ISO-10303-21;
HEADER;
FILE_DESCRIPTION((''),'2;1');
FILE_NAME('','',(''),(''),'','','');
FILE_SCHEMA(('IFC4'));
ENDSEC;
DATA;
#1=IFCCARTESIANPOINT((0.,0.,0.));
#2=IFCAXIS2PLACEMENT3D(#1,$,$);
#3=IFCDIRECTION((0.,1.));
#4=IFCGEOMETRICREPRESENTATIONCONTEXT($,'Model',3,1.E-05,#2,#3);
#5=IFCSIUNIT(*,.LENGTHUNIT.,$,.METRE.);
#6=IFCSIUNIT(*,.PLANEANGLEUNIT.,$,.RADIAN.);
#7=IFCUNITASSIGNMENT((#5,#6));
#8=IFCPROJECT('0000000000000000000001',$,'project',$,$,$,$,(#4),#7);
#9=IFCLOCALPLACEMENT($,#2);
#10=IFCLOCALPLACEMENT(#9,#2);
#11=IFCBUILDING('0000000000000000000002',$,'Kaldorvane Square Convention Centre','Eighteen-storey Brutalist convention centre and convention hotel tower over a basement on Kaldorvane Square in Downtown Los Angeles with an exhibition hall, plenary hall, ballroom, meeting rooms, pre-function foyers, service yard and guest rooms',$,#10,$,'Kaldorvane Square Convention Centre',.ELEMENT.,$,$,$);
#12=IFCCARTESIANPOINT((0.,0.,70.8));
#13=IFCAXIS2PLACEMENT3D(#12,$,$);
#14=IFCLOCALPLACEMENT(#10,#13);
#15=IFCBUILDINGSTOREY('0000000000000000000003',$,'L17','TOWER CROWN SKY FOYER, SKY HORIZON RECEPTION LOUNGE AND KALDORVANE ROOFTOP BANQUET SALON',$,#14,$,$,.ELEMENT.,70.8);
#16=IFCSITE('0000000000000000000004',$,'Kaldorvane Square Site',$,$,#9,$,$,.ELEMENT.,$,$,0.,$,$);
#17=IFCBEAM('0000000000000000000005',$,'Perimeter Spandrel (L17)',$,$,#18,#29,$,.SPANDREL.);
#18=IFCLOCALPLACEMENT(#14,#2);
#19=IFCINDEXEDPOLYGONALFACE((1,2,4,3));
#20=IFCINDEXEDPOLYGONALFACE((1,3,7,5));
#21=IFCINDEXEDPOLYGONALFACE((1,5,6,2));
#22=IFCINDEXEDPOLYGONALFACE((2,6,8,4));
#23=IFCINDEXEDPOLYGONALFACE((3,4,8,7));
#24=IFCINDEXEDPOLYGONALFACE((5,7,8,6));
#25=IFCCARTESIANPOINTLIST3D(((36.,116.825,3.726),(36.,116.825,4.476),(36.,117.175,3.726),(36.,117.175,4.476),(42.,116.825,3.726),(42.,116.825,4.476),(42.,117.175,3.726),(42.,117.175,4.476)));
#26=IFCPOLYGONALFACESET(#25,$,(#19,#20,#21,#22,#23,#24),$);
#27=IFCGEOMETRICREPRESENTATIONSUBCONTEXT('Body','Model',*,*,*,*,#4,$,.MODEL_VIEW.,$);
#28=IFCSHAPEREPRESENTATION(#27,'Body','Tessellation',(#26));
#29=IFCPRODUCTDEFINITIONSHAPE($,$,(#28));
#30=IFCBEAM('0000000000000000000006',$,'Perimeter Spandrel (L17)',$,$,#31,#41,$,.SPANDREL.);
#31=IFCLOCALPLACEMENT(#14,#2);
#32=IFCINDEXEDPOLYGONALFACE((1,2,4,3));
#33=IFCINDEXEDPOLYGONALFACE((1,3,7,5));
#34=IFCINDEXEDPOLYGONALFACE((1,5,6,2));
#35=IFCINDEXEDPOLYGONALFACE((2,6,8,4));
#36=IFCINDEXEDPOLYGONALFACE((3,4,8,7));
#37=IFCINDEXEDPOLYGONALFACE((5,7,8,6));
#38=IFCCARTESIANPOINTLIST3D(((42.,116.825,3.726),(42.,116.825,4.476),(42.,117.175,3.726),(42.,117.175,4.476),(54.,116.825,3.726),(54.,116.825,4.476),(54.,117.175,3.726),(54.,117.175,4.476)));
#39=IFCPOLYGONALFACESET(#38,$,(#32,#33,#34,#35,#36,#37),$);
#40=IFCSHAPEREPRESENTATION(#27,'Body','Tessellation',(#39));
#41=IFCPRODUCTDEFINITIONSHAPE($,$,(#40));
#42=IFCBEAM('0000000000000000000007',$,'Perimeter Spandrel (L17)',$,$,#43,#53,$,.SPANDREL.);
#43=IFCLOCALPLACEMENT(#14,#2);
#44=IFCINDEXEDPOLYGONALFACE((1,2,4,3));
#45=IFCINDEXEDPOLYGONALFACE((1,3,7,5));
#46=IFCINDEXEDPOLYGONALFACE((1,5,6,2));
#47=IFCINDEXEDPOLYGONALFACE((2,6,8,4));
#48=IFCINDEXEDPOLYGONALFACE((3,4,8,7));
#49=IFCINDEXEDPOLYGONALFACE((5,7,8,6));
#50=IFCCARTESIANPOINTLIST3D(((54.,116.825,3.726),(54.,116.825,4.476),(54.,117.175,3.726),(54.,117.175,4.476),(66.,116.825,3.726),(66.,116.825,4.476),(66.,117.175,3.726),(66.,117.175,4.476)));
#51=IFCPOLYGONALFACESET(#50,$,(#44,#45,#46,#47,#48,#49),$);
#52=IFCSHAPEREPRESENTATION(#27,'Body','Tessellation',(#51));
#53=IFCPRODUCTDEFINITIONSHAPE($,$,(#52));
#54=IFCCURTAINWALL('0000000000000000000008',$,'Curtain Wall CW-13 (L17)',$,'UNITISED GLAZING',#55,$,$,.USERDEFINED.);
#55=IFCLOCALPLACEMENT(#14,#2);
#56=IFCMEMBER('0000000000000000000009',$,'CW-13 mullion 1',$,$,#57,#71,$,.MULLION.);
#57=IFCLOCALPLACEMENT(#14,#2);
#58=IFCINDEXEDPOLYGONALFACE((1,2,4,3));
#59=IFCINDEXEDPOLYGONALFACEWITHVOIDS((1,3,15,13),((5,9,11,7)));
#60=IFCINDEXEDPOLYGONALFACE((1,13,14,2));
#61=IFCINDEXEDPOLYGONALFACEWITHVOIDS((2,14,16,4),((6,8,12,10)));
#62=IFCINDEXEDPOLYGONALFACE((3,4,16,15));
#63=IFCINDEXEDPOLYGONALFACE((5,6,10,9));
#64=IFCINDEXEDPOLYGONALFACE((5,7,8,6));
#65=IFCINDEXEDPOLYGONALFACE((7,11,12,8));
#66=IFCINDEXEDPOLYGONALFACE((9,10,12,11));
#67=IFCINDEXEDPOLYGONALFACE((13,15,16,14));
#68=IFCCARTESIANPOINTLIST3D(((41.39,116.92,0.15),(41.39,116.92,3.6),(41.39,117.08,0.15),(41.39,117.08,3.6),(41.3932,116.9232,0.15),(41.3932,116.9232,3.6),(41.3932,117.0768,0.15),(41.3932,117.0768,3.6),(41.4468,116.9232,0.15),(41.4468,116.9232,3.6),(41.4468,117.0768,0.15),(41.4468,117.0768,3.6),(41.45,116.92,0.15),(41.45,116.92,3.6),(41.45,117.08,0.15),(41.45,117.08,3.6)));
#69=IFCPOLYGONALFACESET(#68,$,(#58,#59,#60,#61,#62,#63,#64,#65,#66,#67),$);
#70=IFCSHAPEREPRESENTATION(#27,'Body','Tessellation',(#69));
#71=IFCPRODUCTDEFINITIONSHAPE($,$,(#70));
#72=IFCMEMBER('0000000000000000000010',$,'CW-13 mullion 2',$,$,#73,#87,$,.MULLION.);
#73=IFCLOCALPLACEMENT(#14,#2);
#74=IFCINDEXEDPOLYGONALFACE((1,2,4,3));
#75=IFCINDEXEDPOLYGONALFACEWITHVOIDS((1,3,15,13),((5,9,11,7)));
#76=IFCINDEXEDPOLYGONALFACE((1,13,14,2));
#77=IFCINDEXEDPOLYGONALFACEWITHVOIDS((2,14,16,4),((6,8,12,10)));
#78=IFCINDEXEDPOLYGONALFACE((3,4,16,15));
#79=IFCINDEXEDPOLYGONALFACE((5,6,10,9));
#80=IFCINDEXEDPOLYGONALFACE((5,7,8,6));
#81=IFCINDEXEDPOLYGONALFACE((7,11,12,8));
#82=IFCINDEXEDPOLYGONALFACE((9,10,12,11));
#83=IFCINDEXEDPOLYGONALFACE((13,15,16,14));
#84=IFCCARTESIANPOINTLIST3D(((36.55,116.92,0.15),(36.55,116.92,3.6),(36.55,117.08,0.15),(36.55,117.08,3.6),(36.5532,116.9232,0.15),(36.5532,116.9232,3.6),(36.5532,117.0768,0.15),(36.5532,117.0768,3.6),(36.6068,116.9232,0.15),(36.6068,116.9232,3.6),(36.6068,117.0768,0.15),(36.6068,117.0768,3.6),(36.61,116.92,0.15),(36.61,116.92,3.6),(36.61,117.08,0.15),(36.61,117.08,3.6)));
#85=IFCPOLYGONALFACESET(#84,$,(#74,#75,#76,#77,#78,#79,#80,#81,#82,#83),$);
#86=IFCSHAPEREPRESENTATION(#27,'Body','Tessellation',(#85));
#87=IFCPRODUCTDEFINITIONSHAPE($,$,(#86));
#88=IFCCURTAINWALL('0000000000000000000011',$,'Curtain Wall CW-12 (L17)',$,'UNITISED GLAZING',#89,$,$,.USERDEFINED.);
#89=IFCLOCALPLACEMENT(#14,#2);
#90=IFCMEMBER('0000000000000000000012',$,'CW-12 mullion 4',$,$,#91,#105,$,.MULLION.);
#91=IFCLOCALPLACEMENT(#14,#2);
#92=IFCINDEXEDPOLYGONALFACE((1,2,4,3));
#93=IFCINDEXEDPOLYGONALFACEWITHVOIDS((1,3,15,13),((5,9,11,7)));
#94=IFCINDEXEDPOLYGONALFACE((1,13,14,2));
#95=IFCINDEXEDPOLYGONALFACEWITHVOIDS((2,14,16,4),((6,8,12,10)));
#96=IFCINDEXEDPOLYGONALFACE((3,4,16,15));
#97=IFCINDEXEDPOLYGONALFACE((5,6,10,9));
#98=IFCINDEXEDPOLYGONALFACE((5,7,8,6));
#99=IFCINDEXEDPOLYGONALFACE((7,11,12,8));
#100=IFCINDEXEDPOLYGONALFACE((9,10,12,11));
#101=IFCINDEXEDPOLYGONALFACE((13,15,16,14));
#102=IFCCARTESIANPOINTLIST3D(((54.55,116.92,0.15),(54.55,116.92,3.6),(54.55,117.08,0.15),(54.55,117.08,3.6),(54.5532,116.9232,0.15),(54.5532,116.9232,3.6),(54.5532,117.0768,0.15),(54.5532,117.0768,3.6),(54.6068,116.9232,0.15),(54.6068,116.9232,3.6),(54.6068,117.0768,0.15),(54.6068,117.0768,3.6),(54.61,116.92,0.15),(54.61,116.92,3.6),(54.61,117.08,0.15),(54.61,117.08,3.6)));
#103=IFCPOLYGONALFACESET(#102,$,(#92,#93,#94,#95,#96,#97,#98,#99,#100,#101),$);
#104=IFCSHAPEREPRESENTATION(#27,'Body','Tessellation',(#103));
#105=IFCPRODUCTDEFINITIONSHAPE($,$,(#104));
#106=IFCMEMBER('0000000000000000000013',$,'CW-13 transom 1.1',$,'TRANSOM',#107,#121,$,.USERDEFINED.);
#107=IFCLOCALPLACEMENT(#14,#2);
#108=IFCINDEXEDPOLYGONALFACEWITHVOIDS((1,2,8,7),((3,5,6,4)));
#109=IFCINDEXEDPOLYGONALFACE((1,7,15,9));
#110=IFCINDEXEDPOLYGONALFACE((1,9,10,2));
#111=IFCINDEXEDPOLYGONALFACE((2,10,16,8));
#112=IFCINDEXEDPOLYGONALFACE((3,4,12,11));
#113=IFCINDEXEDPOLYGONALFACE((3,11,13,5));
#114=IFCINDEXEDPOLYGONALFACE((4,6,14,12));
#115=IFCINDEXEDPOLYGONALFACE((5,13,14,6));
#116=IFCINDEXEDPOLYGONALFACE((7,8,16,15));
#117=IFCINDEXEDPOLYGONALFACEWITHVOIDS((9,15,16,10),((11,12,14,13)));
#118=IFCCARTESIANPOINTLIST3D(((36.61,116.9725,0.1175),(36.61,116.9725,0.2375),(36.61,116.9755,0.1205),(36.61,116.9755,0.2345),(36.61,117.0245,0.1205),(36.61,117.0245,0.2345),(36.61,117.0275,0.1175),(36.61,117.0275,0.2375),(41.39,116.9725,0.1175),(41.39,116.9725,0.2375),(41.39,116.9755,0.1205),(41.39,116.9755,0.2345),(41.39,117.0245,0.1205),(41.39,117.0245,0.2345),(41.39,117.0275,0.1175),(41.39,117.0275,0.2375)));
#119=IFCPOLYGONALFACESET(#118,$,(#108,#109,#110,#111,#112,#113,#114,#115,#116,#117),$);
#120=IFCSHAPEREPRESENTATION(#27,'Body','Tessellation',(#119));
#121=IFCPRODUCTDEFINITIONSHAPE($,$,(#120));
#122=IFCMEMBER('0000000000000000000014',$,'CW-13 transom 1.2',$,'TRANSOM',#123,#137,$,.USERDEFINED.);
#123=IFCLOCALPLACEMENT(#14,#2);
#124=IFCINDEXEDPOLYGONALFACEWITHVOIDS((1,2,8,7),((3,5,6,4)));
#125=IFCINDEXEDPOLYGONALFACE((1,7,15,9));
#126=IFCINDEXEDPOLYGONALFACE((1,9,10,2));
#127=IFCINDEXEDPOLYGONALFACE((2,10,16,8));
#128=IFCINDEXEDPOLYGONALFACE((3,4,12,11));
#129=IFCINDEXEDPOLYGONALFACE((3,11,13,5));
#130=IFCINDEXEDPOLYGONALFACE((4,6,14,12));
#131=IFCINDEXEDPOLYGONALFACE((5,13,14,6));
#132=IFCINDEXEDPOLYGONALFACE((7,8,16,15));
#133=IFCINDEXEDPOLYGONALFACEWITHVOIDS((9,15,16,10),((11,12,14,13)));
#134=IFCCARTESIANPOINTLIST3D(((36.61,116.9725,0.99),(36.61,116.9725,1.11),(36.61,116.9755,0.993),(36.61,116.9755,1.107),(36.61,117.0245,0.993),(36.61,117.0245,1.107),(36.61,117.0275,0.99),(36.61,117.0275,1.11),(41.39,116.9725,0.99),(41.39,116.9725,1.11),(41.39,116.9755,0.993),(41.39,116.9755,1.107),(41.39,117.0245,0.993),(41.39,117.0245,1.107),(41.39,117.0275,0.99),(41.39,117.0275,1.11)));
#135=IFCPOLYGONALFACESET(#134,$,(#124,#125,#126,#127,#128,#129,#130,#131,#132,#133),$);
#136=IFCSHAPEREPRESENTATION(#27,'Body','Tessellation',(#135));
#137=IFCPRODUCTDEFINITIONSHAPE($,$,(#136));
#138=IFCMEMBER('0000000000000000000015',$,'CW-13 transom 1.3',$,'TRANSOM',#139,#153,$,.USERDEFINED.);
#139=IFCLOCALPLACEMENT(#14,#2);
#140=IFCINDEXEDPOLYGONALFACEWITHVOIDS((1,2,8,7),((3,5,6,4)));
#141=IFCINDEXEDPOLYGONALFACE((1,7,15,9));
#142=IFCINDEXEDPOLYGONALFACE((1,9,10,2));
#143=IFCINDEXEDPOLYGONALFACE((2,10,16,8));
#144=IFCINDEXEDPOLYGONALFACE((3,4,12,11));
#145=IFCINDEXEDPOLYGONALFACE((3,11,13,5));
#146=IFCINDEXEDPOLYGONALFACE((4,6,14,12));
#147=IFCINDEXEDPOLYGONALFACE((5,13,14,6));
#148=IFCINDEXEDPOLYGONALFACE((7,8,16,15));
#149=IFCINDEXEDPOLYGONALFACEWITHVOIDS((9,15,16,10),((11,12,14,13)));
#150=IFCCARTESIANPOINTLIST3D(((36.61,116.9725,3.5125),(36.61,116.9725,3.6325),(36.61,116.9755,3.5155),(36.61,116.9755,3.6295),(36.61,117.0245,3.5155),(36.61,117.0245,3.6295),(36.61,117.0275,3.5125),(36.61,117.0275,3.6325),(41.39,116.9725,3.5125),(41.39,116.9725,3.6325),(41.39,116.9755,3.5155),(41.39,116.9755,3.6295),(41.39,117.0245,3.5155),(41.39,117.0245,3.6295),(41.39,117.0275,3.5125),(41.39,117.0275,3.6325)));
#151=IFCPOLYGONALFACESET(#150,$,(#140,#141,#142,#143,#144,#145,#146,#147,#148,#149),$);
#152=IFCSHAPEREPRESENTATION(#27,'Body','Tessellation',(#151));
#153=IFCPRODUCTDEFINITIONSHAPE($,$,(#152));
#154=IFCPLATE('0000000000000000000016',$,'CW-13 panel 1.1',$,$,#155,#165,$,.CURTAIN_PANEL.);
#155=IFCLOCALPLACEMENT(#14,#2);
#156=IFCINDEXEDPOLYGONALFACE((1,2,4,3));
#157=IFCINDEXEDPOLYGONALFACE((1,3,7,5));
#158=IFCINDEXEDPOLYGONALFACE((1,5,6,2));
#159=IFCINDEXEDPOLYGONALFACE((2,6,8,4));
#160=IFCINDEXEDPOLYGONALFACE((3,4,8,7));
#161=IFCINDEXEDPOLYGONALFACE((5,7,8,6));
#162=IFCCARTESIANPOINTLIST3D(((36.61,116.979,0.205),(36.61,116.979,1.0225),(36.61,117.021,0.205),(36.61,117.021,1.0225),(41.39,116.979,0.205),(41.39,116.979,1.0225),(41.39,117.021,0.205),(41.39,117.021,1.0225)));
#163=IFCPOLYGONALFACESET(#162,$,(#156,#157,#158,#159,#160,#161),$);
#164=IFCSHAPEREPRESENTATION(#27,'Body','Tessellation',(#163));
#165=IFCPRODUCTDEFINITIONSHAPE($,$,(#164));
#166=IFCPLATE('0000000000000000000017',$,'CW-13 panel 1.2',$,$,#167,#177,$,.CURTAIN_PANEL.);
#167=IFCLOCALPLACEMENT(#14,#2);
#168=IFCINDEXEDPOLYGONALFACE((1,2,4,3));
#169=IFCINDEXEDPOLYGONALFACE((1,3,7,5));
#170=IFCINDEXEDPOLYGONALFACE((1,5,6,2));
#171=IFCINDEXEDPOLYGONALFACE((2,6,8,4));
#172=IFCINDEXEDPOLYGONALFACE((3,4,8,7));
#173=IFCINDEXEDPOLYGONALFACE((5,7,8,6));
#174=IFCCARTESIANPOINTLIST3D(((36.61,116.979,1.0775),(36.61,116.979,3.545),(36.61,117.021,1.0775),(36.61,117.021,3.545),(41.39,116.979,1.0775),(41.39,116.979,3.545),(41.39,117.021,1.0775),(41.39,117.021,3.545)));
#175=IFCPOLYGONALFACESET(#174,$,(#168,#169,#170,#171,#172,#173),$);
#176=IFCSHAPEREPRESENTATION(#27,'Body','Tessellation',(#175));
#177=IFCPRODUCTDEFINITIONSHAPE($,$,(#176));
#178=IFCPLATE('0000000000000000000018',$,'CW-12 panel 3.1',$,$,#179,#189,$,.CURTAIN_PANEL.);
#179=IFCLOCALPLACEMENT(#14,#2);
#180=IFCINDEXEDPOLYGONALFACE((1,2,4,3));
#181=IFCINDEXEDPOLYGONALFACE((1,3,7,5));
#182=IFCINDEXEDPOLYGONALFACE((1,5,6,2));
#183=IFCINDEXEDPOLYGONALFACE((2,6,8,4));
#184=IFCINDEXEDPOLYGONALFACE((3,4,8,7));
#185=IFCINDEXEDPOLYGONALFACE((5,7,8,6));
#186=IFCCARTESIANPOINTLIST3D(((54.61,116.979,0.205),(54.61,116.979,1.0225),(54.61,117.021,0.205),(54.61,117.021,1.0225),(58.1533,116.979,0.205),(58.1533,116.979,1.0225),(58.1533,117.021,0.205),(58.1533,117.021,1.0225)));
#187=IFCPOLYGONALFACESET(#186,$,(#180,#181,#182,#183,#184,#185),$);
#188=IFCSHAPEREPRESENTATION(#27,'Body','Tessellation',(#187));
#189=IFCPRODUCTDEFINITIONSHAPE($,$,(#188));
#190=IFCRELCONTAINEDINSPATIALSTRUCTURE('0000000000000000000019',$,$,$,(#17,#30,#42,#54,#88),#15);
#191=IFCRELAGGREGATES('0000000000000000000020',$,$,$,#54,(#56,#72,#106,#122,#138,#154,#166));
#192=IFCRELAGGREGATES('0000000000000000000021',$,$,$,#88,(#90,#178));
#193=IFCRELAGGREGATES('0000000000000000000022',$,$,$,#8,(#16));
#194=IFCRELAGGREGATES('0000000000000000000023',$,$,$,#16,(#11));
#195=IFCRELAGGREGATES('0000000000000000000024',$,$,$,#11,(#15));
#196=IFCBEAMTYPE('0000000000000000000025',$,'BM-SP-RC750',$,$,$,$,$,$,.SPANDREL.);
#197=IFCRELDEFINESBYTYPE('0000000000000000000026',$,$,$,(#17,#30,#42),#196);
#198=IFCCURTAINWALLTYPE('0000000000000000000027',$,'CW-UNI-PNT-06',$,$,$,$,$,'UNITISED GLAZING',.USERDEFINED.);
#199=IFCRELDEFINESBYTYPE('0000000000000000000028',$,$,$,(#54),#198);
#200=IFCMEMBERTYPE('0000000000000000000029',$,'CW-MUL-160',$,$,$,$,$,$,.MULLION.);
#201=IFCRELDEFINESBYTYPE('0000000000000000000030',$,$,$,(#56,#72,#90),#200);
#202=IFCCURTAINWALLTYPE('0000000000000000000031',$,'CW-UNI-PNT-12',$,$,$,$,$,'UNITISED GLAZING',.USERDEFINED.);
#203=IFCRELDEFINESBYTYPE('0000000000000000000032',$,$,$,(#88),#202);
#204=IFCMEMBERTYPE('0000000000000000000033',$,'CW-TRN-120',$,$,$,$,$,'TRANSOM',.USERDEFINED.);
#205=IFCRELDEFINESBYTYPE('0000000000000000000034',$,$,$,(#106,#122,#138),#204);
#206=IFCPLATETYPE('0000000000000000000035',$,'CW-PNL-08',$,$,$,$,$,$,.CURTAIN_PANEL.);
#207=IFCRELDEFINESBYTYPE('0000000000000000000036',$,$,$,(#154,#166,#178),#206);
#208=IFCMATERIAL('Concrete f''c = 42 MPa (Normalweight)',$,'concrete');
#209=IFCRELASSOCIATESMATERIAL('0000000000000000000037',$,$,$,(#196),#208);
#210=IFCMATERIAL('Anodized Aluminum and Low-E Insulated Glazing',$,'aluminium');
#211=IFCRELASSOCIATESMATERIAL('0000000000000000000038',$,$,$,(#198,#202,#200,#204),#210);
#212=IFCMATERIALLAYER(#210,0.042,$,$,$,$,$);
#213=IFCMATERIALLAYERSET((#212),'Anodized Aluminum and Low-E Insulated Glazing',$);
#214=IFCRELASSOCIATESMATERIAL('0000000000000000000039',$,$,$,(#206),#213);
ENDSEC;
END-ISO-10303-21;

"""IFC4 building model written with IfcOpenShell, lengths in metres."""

from ifc_helpers import new_model, si_unit, direction, frame, origin, origin_2d, place, context, subcontext, project, spatial, rectangle, hollow_rectangle, extrude, material, layer, layer_set, material_profile, profile_set, type_object, element, aggregate, save


model = new_model("IFC4")

# Units and contexts
model_context = context("Model", 3, precision=1e-05, world=origin(), true_north=direction((0.0, 1.0)))
body_context = subcontext(model_context, "Body", "Model", "MODEL_VIEW")
ifc_project = project(units=[si_unit("LENGTHUNIT", "METRE"), si_unit("PLANEANGLEUNIT", "RADIAN")], contexts=[model_context])

# Site, building, storey
site_placement = place(None, origin())
site = spatial("IfcSite", under=ifc_project, at=site_placement, Name="Kaldorvane Square Site", CompositionType="ELEMENT", RefElevation=0.0)
building_placement = place(site_placement, origin())
building = spatial("IfcBuilding", under=site, at=building_placement, Name="Kaldorvane Square Convention Centre", Description="Eighteen-storey Brutalist convention centre and convention hotel tower over a basement on Kaldorvane Square in Downtown Los Angeles with an exhibition hall, plenary hall, ballroom, meeting rooms, pre-function foyers, service yard and guest rooms", LongName="Kaldorvane Square Convention Centre", CompositionType="ELEMENT")
storey_placement = place(building_placement, frame((0.0, 0.0, 70.8)))
storey = spatial("IfcBuildingStorey", under=building, at=storey_placement, Name="L17", Description="TOWER CROWN SKY FOYER, SKY HORIZON RECEPTION LOUNGE AND KALDORVANE ROOFTOP BANQUET SALON", CompositionType="ELEMENT", Elevation=70.8)

# Shared definitions
ifc_material_1 = material(Name="Concrete f'c = 42 MPa (Normalweight)", Category="concrete")

# Beams
ifc_material_profile_1 = material_profile(ifc_material_1, rectangle(XDim=0.35, YDim=0.75, at=origin_2d()), Name="RCSP750X350")
ifc_profile_set_1 = profile_set([ifc_material_profile_1], Name="Concrete f'c = 42 MPa (Normalweight)")
beam_type_1 = type_object("IfcBeamType", Name="BM-SP-RC750", PredefinedType="SPANDREL", material=ifc_profile_set_1)
beam_1_placement = place(storey_placement, frame((36.0, 117.0, 4.101), z_axis=(1.0, 0.0, 0.0), x_axis=(0.0, 1.0, 0.0)))
element("IfcBeam", 1, at=beam_1_placement, inside=storey, type_object=beam_type_1, Name="Perimeter Spandrel (L17)", PredefinedType="SPANDREL", context=body_context, shape_type="SweptSolid", body=[
    extrude(rectangle(XDim=0.35, YDim=0.75, at=origin_2d()), origin(), (0.0, 0.0, 1.0), 6.0),
])
for number, where, z_axis, x_axis, name in (
    (2, (42.0, 117.0, 4.101), (1.0, 0.0, 0.0), (0.0, 1.0, 0.0), "Perimeter Spandrel (L17)"),
    (3, (54.0, 117.0, 4.101), (1.0, 0.0, 0.0), (0.0, 1.0, 0.0), "Perimeter Spandrel (L17)"),
):
    element("IfcBeam", number, at=place(storey_placement, frame(where, z_axis=z_axis, x_axis=x_axis)), inside=storey, type_object=beam_type_1, Name=name, PredefinedType="SPANDREL", context=body_context, shape_type="SweptSolid", body=[
        extrude(rectangle(XDim=0.35, YDim=0.75, at=origin_2d()), origin(), (0.0, 0.0, 1.0), 12.0),
    ])

# Curtain wall, members
ifc_material_2 = material(Name="Anodized Aluminum and Low-E Insulated Glazing", Category="aluminium")
curtain_wall_type_1 = type_object("IfcCurtainWallType", Name="CW-UNI-PNT-06", ElementType="UNITISED GLAZING", PredefinedType="USERDEFINED", material=ifc_material_2)
curtain_wall_1_placement = place(storey_placement, origin())
curtain_wall_1 = element("IfcCurtainWall", 4, at=curtain_wall_1_placement, inside=storey, type_object=curtain_wall_type_1, Name="Curtain Wall CW-13 (L17)", ObjectType="UNITISED GLAZING", PredefinedType="USERDEFINED")
ifc_material_profile_2 = material_profile(ifc_material_2, hollow_rectangle(XDim=0.06, YDim=0.16, WallThickness=0.0032, at=origin_2d()), Name="CWM-160X60")
ifc_profile_set_2 = profile_set([ifc_material_profile_2], Name="Anodized Aluminum and Low-E Insulated Glazing")
member_type_1 = type_object("IfcMemberType", Name="CW-MUL-160", PredefinedType="MULLION", material=ifc_profile_set_2)
member_1_placement = place(storey_placement, frame((41.42, 117.0, 0.15), z_axis=(0.0, 0.0, 1.0), x_axis=(-1.0, 0.0, 0.0)))
member_1 = element("IfcMember", 5, at=member_1_placement, type_object=member_type_1, Name="CW-13 mullion 1", PredefinedType="MULLION", context=body_context, shape_type="SweptSolid", body=[
    extrude(hollow_rectangle(XDim=0.06, YDim=0.16, WallThickness=0.0032, at=origin_2d()), origin(), (0.0, 0.0, 1.0), 3.45),
])
member_2_placement = place(storey_placement, frame((36.58, 117.0, 0.15), z_axis=(0.0, 0.0, 1.0), x_axis=(-1.0, 0.0, 0.0)))
member_2 = element("IfcMember", 6, at=member_2_placement, type_object=member_type_1, Name="CW-13 mullion 2", PredefinedType="MULLION", context=body_context, shape_type="SweptSolid", body=[
    extrude(hollow_rectangle(XDim=0.06, YDim=0.16, WallThickness=0.0032, at=origin_2d()), origin(), (0.0, 0.0, 1.0), 3.45),
])

# Curtain wall, member
curtain_wall_type_2 = type_object("IfcCurtainWallType", Name="CW-UNI-PNT-12", ElementType="UNITISED GLAZING", PredefinedType="USERDEFINED", material=ifc_material_2)
curtain_wall_2_placement = place(storey_placement, origin())
curtain_wall_2 = element("IfcCurtainWall", 7, at=curtain_wall_2_placement, inside=storey, type_object=curtain_wall_type_2, Name="Curtain Wall CW-12 (L17)", ObjectType="UNITISED GLAZING", PredefinedType="USERDEFINED")
member_3_placement = place(storey_placement, frame((54.58, 117.0, 0.15), z_axis=(0.0, 0.0, 1.0), x_axis=(-1.0, 0.0, 0.0)))
member_3 = element("IfcMember", 8, at=member_3_placement, type_object=member_type_1, Name="CW-12 mullion 4", PredefinedType="MULLION", context=body_context, shape_type="SweptSolid", body=[
    extrude(hollow_rectangle(XDim=0.06, YDim=0.16, WallThickness=0.0032, at=origin_2d()), origin(), (0.0, 0.0, 1.0), 3.45),
])

# Members
ifc_material_profile_3 = material_profile(ifc_material_2, hollow_rectangle(XDim=0.055, YDim=0.12, WallThickness=0.003, at=origin_2d()), Name="CWT-120X55")
ifc_profile_set_3 = profile_set([ifc_material_profile_3], Name="Anodized Aluminum and Low-E Insulated Glazing")
member_type_2 = type_object("IfcMemberType", Name="CW-TRN-120", ElementType="TRANSOM", PredefinedType="USERDEFINED", material=ifc_profile_set_3)
member_4_placement = place(storey_placement, frame((41.39, 117.0, 0.1775), z_axis=(-1.0, 0.0, 0.0), x_axis=(0.0, -1.0, 0.0)))
member_4 = element("IfcMember", 9, at=member_4_placement, type_object=member_type_2, Name="CW-13 transom 1.1", ObjectType="TRANSOM", PredefinedType="USERDEFINED", context=body_context, shape_type="SweptSolid", body=[
    extrude(hollow_rectangle(XDim=0.055, YDim=0.12, WallThickness=0.003, at=origin_2d()), origin(), (0.0, 0.0, 1.0), 4.78),
])
member_5_placement = place(storey_placement, frame((41.39, 117.0, 1.05), z_axis=(-1.0, 0.0, 0.0), x_axis=(0.0, -1.0, 0.0)))
member_5 = element("IfcMember", 10, at=member_5_placement, type_object=member_type_2, Name="CW-13 transom 1.2", ObjectType="TRANSOM", PredefinedType="USERDEFINED", context=body_context, shape_type="SweptSolid", body=[
    extrude(hollow_rectangle(XDim=0.055, YDim=0.12, WallThickness=0.003, at=origin_2d()), origin(), (0.0, 0.0, 1.0), 4.78),
])
member_6_placement = place(storey_placement, frame((41.39, 117.0, 3.5725), z_axis=(-1.0, 0.0, 0.0), x_axis=(0.0, -1.0, 0.0)))
member_6 = element("IfcMember", 11, at=member_6_placement, type_object=member_type_2, Name="CW-13 transom 1.3", ObjectType="TRANSOM", PredefinedType="USERDEFINED", context=body_context, shape_type="SweptSolid", body=[
    extrude(hollow_rectangle(XDim=0.055, YDim=0.12, WallThickness=0.003, at=origin_2d()), origin(), (0.0, 0.0, 1.0), 4.78),
])

# Plates
ifc_layer_1 = layer(ifc_material_2, 0.042)
ifc_layer_set_1 = layer_set([ifc_layer_1], Name="Anodized Aluminum and Low-E Insulated Glazing")
plate_type = type_object("IfcPlateType", Name="CW-PNL-08", PredefinedType="CURTAIN_PANEL", material=ifc_layer_set_1)
plate_1_placement = place(storey_placement, frame((39.0, 117.0, 0.205), z_axis=(0.0, 0.0, 1.0), x_axis=(-1.0, 0.0, 0.0)))
plate_1 = element("IfcPlate", 12, at=plate_1_placement, type_object=plate_type, Name="CW-13 panel 1.1", PredefinedType="CURTAIN_PANEL", context=body_context, shape_type="SweptSolid", body=[
    extrude(rectangle(XDim=4.78, YDim=0.042, at=origin_2d()), origin(), (0.0, 0.0, 1.0), 0.8175),
])
plate_2_placement = place(storey_placement, frame((39.0, 117.0, 1.0775), z_axis=(0.0, 0.0, 1.0), x_axis=(-1.0, 0.0, 0.0)))
plate_2 = element("IfcPlate", 13, at=plate_2_placement, type_object=plate_type, Name="CW-13 panel 1.2", PredefinedType="CURTAIN_PANEL", context=body_context, shape_type="SweptSolid", body=[
    extrude(rectangle(XDim=4.78, YDim=0.042, at=origin_2d()), origin(), (0.0, 0.0, 1.0), 2.4675),
])
aggregate(curtain_wall_1, [member_1, member_2, member_4, member_5, member_6, plate_1, plate_2])
plate_3_placement = place(storey_placement, frame((56.3817, 117.0, 0.205), z_axis=(0.0, 0.0, 1.0), x_axis=(-1.0, 0.0, 0.0)))
plate_3 = element("IfcPlate", 14, at=plate_3_placement, type_object=plate_type, Name="CW-12 panel 3.1", PredefinedType="CURTAIN_PANEL", context=body_context, shape_type="SweptSolid", body=[
    extrude(rectangle(XDim=3.5433, YDim=0.042, at=origin_2d()), origin(), (0.0, 0.0, 1.0), 0.8175),
])
aggregate(curtain_wall_2, [member_3, plate_3])

save(model, "model.ifc")
